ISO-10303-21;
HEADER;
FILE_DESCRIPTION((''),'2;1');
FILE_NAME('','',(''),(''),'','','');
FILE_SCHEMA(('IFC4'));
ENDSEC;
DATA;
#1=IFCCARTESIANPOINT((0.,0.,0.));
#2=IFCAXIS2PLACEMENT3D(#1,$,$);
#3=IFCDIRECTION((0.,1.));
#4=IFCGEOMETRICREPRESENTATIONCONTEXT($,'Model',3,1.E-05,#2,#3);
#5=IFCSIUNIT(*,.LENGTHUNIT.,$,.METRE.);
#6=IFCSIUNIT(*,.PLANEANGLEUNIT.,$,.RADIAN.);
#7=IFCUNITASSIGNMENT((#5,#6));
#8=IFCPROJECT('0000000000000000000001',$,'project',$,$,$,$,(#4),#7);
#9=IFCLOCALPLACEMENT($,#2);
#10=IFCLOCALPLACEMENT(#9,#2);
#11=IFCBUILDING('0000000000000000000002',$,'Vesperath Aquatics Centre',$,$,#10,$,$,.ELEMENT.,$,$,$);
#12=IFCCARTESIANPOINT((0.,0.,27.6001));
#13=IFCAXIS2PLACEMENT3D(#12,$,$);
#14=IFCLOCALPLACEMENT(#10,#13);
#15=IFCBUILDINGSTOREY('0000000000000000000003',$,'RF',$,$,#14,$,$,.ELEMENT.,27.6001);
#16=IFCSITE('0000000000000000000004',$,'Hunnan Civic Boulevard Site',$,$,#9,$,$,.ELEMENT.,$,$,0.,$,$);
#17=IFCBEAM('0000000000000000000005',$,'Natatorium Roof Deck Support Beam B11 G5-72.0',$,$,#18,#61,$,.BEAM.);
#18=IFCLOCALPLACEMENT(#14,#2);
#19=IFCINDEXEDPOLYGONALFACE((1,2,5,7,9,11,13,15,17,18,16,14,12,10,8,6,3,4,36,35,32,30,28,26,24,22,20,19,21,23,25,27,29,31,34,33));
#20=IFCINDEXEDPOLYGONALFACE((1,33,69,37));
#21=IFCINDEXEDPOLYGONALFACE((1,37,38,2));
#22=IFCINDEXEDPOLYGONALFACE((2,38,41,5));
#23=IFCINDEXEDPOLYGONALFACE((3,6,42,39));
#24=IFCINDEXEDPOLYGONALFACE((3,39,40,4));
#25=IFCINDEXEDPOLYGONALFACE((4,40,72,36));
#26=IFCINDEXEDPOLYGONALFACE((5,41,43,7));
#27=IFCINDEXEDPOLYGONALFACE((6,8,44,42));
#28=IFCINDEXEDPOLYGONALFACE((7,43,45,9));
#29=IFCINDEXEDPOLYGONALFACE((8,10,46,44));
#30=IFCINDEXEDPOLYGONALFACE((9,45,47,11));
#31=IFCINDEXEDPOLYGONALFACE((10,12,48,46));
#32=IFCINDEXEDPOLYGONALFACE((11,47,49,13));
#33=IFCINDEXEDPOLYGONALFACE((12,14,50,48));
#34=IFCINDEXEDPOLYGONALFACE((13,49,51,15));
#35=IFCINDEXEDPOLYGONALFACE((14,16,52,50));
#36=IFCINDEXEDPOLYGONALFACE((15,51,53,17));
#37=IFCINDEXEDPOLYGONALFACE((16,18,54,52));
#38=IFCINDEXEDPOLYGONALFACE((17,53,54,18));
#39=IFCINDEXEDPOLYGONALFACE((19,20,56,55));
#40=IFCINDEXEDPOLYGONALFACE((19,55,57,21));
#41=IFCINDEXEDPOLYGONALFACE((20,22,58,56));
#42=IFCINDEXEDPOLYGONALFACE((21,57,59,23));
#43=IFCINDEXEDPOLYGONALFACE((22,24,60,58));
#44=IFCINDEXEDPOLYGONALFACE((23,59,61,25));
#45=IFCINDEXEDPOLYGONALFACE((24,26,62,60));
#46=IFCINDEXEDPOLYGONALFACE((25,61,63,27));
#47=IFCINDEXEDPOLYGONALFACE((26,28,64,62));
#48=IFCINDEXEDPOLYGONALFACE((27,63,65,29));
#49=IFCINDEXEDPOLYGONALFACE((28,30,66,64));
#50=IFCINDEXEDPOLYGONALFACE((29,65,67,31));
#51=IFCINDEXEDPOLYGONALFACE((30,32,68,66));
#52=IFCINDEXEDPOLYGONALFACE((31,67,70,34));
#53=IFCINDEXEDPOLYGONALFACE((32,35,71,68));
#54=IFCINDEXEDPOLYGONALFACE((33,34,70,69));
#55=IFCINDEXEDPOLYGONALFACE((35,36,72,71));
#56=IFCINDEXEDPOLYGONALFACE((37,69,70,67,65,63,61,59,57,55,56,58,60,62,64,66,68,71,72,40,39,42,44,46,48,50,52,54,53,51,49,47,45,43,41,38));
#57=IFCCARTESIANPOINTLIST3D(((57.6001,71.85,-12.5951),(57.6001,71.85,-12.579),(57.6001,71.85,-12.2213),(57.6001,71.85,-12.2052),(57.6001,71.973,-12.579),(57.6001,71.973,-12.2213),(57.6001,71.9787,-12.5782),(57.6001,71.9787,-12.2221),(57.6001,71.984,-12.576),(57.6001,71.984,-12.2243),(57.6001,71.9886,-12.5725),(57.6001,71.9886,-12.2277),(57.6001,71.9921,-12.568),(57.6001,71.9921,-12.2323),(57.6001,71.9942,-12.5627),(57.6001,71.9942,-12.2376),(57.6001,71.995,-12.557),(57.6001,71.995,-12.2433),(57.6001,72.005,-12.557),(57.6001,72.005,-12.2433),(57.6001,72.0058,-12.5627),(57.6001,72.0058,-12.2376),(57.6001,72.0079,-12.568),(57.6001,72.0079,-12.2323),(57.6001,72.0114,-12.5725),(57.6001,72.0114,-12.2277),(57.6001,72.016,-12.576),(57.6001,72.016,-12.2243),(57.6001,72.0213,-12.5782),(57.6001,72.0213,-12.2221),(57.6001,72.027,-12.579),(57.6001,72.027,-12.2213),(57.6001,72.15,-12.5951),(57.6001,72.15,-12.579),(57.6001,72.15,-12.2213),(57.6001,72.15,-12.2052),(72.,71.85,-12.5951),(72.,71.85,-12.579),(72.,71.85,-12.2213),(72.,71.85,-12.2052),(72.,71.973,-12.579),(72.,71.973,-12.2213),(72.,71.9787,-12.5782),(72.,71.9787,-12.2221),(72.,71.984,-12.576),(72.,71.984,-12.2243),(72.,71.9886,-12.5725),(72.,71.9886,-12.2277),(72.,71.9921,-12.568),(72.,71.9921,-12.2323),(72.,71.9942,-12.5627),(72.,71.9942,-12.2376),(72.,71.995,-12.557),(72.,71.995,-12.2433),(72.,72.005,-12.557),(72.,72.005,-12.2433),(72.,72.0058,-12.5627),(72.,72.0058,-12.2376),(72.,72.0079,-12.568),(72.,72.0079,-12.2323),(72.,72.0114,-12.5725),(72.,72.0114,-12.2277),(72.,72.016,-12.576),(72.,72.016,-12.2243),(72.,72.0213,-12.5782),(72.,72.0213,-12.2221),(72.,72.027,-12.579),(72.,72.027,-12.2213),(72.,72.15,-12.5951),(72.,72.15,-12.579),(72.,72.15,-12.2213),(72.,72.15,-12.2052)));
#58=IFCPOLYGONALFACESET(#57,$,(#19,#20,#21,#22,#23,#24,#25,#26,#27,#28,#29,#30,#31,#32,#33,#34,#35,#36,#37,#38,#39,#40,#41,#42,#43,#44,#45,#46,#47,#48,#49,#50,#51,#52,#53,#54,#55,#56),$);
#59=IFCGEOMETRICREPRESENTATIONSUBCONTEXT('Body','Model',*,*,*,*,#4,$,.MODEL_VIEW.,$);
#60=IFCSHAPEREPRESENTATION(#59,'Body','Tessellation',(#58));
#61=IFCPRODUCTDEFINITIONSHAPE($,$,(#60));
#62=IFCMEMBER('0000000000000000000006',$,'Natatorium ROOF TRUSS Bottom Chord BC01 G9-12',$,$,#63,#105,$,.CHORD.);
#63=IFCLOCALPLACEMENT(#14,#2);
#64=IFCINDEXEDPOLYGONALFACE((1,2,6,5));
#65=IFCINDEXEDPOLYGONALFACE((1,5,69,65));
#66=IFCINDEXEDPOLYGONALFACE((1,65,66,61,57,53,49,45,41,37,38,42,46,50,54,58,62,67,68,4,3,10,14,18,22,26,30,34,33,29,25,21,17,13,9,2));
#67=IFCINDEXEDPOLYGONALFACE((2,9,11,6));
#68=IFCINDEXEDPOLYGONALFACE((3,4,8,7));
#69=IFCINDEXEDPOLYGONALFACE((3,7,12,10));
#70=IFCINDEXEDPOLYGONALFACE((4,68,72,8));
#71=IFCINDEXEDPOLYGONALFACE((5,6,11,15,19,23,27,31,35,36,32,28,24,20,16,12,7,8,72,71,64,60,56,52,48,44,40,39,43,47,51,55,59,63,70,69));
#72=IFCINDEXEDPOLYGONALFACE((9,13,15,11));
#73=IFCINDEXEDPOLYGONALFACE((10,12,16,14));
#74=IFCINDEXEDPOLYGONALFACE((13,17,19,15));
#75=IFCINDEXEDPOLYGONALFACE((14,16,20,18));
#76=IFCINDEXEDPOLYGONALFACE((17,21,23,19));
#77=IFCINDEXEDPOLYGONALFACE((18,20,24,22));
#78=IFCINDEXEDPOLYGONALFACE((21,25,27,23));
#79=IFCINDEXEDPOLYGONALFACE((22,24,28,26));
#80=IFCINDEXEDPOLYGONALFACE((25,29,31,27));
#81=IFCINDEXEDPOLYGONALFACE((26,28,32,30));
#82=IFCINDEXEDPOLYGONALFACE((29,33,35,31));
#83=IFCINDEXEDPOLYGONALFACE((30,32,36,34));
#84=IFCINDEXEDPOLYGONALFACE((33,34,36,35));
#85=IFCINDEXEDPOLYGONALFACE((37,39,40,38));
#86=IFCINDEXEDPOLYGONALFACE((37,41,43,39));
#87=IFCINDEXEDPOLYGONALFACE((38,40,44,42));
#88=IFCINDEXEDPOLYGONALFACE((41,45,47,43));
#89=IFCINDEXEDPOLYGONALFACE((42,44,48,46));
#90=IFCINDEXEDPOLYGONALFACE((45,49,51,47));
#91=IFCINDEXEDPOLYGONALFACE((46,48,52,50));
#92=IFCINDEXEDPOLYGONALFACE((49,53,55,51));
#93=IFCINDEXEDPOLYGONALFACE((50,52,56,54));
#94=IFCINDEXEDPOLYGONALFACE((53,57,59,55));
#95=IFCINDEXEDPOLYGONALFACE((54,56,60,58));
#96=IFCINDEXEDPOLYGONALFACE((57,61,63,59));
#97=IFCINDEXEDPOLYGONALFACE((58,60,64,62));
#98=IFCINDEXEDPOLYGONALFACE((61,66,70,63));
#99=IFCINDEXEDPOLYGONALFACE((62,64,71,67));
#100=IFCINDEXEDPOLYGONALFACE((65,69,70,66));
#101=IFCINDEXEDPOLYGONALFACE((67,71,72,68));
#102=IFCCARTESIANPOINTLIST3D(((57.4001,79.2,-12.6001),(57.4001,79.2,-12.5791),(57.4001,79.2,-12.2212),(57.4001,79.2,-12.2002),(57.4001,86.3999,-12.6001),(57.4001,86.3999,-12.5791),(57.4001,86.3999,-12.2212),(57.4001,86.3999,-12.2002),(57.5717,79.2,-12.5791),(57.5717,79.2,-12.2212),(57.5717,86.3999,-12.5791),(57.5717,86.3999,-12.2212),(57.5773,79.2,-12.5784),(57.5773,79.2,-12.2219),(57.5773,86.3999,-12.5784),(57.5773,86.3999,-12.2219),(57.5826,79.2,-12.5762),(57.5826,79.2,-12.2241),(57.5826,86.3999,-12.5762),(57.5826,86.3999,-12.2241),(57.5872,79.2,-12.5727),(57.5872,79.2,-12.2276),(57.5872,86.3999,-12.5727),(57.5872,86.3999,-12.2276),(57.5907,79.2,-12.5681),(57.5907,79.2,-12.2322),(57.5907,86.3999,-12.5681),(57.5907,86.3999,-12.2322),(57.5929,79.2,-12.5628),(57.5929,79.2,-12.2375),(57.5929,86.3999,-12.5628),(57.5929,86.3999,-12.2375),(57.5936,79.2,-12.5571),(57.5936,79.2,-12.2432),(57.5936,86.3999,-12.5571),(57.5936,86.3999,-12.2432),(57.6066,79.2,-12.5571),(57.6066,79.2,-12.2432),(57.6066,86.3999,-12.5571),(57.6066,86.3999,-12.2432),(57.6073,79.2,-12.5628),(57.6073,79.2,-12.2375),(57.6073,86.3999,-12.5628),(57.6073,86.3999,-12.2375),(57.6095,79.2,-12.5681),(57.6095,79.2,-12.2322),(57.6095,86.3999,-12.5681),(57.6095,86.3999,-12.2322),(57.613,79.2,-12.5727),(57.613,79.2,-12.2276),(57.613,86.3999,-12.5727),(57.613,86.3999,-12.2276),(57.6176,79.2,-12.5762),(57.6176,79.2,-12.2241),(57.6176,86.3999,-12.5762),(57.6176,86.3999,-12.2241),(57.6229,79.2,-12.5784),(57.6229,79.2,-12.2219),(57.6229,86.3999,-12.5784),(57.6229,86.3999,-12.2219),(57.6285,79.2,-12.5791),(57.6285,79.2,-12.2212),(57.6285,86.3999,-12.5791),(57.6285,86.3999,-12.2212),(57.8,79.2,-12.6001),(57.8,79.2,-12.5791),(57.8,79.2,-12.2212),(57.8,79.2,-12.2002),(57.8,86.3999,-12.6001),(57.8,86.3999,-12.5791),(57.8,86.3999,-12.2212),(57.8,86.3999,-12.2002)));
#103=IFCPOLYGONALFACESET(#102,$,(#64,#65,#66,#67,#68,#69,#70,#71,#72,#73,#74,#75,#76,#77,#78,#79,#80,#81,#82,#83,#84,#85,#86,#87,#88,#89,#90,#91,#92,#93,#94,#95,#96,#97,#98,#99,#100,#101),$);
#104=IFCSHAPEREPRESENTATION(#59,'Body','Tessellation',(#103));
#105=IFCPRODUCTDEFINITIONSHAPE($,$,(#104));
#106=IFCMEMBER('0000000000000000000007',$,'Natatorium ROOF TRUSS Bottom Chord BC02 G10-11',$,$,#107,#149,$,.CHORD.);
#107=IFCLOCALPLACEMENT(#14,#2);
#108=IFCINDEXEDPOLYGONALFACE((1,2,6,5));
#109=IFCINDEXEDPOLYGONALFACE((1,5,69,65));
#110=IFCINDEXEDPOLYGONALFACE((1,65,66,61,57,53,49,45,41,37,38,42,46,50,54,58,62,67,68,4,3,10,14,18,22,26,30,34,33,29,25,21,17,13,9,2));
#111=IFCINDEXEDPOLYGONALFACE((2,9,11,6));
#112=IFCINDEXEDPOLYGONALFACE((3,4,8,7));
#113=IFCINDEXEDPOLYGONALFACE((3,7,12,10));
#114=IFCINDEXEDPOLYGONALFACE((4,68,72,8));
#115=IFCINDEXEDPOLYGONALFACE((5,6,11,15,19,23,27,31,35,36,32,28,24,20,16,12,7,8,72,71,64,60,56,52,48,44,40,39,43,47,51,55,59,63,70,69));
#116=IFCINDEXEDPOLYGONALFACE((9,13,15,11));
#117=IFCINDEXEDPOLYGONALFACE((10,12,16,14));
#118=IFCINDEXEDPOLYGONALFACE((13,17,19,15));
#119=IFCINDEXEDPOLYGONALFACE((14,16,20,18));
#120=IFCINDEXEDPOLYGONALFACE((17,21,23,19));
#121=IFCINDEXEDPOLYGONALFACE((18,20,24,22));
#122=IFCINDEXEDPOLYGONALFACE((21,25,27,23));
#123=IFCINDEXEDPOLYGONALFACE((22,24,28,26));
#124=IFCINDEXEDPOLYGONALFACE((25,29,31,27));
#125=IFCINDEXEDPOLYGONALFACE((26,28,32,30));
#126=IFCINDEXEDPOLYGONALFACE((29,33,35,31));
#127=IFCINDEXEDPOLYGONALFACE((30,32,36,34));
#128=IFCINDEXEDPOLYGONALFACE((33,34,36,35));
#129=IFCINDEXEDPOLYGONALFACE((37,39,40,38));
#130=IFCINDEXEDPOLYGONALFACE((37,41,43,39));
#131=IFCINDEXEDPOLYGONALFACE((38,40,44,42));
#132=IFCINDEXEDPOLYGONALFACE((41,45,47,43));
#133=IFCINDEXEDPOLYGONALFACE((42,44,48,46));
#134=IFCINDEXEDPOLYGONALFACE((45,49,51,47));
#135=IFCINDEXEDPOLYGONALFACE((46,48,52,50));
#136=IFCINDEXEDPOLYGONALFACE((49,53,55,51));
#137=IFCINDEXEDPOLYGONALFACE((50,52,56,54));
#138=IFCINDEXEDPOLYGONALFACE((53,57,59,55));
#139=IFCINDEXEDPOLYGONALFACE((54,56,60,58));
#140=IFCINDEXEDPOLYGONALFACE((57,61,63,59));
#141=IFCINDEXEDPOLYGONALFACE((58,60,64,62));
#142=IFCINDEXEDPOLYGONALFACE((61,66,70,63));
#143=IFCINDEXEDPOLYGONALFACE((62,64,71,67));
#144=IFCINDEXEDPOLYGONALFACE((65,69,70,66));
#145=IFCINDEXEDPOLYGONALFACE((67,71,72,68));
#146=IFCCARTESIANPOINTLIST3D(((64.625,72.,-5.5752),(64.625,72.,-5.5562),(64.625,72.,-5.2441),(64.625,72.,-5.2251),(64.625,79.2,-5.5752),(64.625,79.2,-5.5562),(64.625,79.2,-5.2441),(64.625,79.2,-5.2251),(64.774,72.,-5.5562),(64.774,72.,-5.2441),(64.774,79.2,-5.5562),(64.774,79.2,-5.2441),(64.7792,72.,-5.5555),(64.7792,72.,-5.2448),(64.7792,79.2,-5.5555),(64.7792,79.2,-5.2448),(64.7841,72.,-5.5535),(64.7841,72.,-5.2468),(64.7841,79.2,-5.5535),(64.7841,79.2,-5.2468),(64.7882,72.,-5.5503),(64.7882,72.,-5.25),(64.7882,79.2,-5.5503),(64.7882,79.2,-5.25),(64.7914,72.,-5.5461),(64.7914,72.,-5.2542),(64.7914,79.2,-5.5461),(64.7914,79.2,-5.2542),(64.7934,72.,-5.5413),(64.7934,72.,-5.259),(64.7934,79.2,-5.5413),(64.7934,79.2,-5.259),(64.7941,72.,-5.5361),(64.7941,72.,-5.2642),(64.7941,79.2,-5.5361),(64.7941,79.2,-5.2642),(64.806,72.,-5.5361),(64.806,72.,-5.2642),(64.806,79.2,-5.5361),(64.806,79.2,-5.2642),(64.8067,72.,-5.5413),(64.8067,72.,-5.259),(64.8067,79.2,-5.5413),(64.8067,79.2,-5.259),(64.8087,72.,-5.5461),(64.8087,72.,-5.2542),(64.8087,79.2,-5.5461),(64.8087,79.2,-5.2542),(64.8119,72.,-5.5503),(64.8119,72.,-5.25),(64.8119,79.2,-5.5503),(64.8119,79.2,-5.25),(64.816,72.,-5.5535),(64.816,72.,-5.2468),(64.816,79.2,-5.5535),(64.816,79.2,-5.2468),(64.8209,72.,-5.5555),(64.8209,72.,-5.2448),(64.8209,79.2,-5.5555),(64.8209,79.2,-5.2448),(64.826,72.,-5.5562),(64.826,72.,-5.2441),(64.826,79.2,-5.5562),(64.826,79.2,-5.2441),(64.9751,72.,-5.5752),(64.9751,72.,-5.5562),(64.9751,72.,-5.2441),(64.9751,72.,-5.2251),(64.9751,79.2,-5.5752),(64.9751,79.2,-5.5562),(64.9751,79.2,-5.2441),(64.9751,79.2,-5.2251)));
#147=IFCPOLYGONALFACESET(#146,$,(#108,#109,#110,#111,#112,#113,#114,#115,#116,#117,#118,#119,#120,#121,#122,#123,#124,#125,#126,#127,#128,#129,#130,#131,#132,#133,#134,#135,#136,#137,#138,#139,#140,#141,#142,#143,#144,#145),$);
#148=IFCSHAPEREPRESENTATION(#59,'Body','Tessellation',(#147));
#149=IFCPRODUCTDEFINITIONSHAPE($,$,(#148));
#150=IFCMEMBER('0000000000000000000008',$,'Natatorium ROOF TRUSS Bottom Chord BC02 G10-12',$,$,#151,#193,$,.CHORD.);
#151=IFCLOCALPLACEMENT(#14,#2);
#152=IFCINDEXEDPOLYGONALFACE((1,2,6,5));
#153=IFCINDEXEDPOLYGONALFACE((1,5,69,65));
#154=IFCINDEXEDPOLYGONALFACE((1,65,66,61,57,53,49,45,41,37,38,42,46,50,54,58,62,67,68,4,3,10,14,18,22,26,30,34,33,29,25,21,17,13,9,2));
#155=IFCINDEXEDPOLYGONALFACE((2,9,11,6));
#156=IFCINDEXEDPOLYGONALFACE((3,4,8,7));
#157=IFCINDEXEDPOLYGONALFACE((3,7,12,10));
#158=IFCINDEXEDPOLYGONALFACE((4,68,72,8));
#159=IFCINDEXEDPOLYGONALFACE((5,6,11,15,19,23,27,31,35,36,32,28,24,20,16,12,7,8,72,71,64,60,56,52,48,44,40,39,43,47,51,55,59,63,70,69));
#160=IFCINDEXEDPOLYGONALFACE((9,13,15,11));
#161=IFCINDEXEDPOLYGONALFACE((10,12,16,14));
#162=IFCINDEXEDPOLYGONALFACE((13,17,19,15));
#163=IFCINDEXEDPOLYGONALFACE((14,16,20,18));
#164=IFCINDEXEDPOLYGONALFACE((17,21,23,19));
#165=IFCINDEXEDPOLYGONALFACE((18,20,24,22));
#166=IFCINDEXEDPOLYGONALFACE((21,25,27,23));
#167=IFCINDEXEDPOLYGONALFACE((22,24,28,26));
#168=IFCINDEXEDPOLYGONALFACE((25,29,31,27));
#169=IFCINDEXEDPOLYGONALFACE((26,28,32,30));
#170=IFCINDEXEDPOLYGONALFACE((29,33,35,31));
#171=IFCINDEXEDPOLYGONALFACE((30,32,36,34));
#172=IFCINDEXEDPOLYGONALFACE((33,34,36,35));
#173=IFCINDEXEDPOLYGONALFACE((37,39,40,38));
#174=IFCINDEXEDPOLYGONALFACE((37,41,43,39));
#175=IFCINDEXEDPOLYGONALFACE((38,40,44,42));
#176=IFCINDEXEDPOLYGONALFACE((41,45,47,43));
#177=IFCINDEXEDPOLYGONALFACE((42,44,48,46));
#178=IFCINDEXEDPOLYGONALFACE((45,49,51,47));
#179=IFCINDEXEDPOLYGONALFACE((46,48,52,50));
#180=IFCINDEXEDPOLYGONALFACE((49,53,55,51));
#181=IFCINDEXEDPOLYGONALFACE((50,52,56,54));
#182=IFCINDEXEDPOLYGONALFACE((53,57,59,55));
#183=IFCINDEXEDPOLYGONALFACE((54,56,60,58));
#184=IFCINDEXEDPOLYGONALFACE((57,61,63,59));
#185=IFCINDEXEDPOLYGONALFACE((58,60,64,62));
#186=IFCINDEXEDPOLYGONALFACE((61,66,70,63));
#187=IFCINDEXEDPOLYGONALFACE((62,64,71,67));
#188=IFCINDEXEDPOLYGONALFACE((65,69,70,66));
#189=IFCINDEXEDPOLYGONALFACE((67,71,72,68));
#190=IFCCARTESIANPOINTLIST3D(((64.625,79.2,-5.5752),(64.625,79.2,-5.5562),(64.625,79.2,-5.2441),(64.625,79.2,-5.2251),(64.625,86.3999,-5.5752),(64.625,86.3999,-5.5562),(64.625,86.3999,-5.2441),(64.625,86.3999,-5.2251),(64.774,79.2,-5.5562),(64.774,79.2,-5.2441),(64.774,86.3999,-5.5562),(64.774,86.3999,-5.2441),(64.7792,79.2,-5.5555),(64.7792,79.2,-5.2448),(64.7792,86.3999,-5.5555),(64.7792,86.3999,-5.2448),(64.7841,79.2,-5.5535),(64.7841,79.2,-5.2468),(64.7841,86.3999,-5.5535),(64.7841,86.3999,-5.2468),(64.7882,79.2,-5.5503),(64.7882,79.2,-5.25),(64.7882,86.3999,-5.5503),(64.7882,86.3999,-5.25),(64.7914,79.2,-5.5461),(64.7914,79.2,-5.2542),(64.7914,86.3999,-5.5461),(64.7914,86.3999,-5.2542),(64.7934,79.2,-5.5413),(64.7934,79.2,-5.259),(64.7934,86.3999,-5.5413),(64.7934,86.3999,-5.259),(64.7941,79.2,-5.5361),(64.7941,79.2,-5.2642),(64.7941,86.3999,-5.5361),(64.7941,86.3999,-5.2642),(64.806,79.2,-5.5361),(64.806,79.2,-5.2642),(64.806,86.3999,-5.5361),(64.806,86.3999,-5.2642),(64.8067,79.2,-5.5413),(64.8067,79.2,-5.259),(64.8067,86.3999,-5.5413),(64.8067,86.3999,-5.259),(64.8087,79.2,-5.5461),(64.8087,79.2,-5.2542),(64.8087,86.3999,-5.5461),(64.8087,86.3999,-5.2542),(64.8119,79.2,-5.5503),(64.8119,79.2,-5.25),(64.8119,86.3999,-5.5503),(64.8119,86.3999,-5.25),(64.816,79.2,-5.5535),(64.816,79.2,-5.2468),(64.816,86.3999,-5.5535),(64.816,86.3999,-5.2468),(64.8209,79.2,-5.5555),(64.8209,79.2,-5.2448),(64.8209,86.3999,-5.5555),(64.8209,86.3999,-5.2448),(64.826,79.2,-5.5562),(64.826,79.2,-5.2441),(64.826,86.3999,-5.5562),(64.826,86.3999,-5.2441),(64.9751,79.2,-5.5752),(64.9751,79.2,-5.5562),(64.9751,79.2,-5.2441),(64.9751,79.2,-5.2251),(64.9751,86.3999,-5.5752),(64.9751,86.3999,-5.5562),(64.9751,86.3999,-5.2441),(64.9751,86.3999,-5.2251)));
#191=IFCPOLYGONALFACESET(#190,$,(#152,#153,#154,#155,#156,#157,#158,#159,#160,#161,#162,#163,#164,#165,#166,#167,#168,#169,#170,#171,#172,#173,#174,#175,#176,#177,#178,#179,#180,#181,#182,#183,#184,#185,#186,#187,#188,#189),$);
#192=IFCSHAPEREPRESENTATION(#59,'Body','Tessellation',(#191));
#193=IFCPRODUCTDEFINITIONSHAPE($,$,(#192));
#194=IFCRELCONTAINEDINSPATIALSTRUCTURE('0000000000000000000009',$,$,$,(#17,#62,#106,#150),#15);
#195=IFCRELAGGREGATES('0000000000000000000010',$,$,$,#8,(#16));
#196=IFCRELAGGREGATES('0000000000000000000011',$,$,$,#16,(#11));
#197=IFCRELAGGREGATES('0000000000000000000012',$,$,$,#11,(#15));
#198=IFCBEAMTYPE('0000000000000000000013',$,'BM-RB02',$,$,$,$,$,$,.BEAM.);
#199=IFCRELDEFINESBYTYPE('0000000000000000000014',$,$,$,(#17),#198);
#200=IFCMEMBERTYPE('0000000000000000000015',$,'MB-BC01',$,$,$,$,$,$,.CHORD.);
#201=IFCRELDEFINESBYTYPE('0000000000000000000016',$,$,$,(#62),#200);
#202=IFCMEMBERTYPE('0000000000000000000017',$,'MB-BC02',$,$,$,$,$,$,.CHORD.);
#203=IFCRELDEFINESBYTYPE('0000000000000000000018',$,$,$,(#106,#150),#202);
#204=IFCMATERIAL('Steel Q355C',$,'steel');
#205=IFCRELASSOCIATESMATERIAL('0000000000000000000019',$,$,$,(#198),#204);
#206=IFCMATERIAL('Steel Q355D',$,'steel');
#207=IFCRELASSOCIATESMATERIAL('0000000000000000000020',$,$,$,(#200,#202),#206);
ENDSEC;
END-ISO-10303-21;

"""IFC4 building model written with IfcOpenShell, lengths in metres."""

from ifc_helpers import new_model, si_unit, direction, frame, origin, origin_2d, place, context, subcontext, project, spatial, i_section, extrude, material, material_profile, profile_set, type_object, element, save


model = new_model("IFC4")

# Units and contexts
model_context = context("Model", 3, precision=1e-05, world=origin(), true_north=direction((0.0, 1.0)))
body_context = subcontext(model_context, "Body", "Model", "MODEL_VIEW")
ifc_project = project(units=[si_unit("LENGTHUNIT", "METRE"), si_unit("PLANEANGLEUNIT", "RADIAN")], contexts=[model_context])

# Site, building, storey
site_placement = place(None, origin())
site = spatial("IfcSite", under=ifc_project, at=site_placement, Name="Hunnan Civic Boulevard Site", CompositionType="ELEMENT", RefElevation=0.0)
building_placement = place(site_placement, origin())
building = spatial("IfcBuilding", under=site, at=building_placement, Name="Vesperath Aquatics Centre", CompositionType="ELEMENT")
storey_placement = place(building_placement, frame((0.0, 0.0, 27.6001)))
storey = spatial("IfcBuildingStorey", under=building, at=storey_placement, Name="RF", CompositionType="ELEMENT", Elevation=27.6001)

# Beam
ifc_material_1 = material(Name="Steel Q355C", Category="steel")
ifc_material_profile_1 = material_profile(ifc_material_1, i_section(OverallWidth=0.3, OverallDepth=0.3899, WebThickness=0.01, FlangeThickness=0.0161, FilletRadius=0.022, at=origin_2d()), Name="HM 390x300x10x16")
ifc_profile_set_1 = profile_set([ifc_material_profile_1], Name="Steel Q355C")
beam_type = type_object("IfcBeamType", Name="BM-RB02", PredefinedType="BEAM", material=ifc_profile_set_1)
beam_placement = place(storey_placement, frame((57.6001, 72.0, -12.4001), z_axis=(1.0, 0.0, 0.0), x_axis=(0.0, 1.0, 0.0)))
element("IfcBeam", 1, at=beam_placement, inside=storey, type_object=beam_type, Name="Natatorium Roof Deck Support Beam B11 G5-72.0", PredefinedType="BEAM", context=body_context, shape_type="SweptSolid", body=[
    extrude(i_section(OverallWidth=0.3, OverallDepth=0.3899, WebThickness=0.01, FlangeThickness=0.0161, FilletRadius=0.022, at=origin_2d()), origin(), (0.0, 0.0, 1.0), 14.3999),
])

# Members
ifc_material_2 = material(Name="Steel Q355D", Category="steel")
ifc_material_profile_2 = material_profile(ifc_material_2, i_section(OverallWidth=0.3999, OverallDepth=0.3999, WebThickness=0.0129, FlangeThickness=0.021, FilletRadius=0.022, at=origin_2d()), Name="HW 400x400x13x21")
ifc_profile_set_2 = profile_set([ifc_material_profile_2], Name="Steel Q355D")
member_type_1 = type_object("IfcMemberType", Name="MB-BC01", PredefinedType="CHORD", material=ifc_profile_set_2)
member_1_placement = place(storey_placement, frame((57.6001, 79.2, -12.4001), z_axis=(0.0, 1.0, 0.0), x_axis=(-1.0, 0.0, 0.0)))
element("IfcMember", 2, at=member_1_placement, inside=storey, type_object=member_type_1, Name="Natatorium ROOF TRUSS Bottom Chord BC01 G9-12", PredefinedType="CHORD", context=body_context, shape_type="SweptSolid", body=[
    extrude(i_section(OverallWidth=0.3999, OverallDepth=0.3999, WebThickness=0.0129, FlangeThickness=0.021, FilletRadius=0.022, at=origin_2d()), origin(), (0.0, 0.0, 1.0), 7.2),
])
ifc_material_profile_3 = material_profile(ifc_material_2, i_section(OverallWidth=0.3501, OverallDepth=0.3501, WebThickness=0.012, FlangeThickness=0.019, FilletRadius=0.02, at=origin_2d()), Name="HW 350x350x12x19")
ifc_profile_set_3 = profile_set([ifc_material_profile_3], Name="Steel Q355D")
member_type_2 = type_object("IfcMemberType", Name="MB-BC02", PredefinedType="CHORD", material=ifc_profile_set_3)
for number, where, z_axis, x_axis, name in (
    (3, (64.8, 72.0, -5.4001), (0.0, 1.0, 0.0), (-1.0, 0.0, 0.0), "Natatorium ROOF TRUSS Bottom Chord BC02 G10-11"),
    (4, (64.8, 79.2, -5.4001), (0.0, 1.0, 0.0), (-1.0, 0.0, 0.0), "Natatorium ROOF TRUSS Bottom Chord BC02 G10-12"),
):
    element("IfcMember", number, at=place(storey_placement, frame(where, z_axis=z_axis, x_axis=x_axis)), inside=storey, type_object=member_type_2, Name=name, PredefinedType="CHORD", context=body_context, shape_type="SweptSolid", body=[
        extrude(i_section(OverallWidth=0.3501, OverallDepth=0.3501, WebThickness=0.012, FlangeThickness=0.019, FilletRadius=0.02, at=origin_2d()), origin(), (0.0, 0.0, 1.0), 7.2),
    ])

save(model, "model.ifc")
